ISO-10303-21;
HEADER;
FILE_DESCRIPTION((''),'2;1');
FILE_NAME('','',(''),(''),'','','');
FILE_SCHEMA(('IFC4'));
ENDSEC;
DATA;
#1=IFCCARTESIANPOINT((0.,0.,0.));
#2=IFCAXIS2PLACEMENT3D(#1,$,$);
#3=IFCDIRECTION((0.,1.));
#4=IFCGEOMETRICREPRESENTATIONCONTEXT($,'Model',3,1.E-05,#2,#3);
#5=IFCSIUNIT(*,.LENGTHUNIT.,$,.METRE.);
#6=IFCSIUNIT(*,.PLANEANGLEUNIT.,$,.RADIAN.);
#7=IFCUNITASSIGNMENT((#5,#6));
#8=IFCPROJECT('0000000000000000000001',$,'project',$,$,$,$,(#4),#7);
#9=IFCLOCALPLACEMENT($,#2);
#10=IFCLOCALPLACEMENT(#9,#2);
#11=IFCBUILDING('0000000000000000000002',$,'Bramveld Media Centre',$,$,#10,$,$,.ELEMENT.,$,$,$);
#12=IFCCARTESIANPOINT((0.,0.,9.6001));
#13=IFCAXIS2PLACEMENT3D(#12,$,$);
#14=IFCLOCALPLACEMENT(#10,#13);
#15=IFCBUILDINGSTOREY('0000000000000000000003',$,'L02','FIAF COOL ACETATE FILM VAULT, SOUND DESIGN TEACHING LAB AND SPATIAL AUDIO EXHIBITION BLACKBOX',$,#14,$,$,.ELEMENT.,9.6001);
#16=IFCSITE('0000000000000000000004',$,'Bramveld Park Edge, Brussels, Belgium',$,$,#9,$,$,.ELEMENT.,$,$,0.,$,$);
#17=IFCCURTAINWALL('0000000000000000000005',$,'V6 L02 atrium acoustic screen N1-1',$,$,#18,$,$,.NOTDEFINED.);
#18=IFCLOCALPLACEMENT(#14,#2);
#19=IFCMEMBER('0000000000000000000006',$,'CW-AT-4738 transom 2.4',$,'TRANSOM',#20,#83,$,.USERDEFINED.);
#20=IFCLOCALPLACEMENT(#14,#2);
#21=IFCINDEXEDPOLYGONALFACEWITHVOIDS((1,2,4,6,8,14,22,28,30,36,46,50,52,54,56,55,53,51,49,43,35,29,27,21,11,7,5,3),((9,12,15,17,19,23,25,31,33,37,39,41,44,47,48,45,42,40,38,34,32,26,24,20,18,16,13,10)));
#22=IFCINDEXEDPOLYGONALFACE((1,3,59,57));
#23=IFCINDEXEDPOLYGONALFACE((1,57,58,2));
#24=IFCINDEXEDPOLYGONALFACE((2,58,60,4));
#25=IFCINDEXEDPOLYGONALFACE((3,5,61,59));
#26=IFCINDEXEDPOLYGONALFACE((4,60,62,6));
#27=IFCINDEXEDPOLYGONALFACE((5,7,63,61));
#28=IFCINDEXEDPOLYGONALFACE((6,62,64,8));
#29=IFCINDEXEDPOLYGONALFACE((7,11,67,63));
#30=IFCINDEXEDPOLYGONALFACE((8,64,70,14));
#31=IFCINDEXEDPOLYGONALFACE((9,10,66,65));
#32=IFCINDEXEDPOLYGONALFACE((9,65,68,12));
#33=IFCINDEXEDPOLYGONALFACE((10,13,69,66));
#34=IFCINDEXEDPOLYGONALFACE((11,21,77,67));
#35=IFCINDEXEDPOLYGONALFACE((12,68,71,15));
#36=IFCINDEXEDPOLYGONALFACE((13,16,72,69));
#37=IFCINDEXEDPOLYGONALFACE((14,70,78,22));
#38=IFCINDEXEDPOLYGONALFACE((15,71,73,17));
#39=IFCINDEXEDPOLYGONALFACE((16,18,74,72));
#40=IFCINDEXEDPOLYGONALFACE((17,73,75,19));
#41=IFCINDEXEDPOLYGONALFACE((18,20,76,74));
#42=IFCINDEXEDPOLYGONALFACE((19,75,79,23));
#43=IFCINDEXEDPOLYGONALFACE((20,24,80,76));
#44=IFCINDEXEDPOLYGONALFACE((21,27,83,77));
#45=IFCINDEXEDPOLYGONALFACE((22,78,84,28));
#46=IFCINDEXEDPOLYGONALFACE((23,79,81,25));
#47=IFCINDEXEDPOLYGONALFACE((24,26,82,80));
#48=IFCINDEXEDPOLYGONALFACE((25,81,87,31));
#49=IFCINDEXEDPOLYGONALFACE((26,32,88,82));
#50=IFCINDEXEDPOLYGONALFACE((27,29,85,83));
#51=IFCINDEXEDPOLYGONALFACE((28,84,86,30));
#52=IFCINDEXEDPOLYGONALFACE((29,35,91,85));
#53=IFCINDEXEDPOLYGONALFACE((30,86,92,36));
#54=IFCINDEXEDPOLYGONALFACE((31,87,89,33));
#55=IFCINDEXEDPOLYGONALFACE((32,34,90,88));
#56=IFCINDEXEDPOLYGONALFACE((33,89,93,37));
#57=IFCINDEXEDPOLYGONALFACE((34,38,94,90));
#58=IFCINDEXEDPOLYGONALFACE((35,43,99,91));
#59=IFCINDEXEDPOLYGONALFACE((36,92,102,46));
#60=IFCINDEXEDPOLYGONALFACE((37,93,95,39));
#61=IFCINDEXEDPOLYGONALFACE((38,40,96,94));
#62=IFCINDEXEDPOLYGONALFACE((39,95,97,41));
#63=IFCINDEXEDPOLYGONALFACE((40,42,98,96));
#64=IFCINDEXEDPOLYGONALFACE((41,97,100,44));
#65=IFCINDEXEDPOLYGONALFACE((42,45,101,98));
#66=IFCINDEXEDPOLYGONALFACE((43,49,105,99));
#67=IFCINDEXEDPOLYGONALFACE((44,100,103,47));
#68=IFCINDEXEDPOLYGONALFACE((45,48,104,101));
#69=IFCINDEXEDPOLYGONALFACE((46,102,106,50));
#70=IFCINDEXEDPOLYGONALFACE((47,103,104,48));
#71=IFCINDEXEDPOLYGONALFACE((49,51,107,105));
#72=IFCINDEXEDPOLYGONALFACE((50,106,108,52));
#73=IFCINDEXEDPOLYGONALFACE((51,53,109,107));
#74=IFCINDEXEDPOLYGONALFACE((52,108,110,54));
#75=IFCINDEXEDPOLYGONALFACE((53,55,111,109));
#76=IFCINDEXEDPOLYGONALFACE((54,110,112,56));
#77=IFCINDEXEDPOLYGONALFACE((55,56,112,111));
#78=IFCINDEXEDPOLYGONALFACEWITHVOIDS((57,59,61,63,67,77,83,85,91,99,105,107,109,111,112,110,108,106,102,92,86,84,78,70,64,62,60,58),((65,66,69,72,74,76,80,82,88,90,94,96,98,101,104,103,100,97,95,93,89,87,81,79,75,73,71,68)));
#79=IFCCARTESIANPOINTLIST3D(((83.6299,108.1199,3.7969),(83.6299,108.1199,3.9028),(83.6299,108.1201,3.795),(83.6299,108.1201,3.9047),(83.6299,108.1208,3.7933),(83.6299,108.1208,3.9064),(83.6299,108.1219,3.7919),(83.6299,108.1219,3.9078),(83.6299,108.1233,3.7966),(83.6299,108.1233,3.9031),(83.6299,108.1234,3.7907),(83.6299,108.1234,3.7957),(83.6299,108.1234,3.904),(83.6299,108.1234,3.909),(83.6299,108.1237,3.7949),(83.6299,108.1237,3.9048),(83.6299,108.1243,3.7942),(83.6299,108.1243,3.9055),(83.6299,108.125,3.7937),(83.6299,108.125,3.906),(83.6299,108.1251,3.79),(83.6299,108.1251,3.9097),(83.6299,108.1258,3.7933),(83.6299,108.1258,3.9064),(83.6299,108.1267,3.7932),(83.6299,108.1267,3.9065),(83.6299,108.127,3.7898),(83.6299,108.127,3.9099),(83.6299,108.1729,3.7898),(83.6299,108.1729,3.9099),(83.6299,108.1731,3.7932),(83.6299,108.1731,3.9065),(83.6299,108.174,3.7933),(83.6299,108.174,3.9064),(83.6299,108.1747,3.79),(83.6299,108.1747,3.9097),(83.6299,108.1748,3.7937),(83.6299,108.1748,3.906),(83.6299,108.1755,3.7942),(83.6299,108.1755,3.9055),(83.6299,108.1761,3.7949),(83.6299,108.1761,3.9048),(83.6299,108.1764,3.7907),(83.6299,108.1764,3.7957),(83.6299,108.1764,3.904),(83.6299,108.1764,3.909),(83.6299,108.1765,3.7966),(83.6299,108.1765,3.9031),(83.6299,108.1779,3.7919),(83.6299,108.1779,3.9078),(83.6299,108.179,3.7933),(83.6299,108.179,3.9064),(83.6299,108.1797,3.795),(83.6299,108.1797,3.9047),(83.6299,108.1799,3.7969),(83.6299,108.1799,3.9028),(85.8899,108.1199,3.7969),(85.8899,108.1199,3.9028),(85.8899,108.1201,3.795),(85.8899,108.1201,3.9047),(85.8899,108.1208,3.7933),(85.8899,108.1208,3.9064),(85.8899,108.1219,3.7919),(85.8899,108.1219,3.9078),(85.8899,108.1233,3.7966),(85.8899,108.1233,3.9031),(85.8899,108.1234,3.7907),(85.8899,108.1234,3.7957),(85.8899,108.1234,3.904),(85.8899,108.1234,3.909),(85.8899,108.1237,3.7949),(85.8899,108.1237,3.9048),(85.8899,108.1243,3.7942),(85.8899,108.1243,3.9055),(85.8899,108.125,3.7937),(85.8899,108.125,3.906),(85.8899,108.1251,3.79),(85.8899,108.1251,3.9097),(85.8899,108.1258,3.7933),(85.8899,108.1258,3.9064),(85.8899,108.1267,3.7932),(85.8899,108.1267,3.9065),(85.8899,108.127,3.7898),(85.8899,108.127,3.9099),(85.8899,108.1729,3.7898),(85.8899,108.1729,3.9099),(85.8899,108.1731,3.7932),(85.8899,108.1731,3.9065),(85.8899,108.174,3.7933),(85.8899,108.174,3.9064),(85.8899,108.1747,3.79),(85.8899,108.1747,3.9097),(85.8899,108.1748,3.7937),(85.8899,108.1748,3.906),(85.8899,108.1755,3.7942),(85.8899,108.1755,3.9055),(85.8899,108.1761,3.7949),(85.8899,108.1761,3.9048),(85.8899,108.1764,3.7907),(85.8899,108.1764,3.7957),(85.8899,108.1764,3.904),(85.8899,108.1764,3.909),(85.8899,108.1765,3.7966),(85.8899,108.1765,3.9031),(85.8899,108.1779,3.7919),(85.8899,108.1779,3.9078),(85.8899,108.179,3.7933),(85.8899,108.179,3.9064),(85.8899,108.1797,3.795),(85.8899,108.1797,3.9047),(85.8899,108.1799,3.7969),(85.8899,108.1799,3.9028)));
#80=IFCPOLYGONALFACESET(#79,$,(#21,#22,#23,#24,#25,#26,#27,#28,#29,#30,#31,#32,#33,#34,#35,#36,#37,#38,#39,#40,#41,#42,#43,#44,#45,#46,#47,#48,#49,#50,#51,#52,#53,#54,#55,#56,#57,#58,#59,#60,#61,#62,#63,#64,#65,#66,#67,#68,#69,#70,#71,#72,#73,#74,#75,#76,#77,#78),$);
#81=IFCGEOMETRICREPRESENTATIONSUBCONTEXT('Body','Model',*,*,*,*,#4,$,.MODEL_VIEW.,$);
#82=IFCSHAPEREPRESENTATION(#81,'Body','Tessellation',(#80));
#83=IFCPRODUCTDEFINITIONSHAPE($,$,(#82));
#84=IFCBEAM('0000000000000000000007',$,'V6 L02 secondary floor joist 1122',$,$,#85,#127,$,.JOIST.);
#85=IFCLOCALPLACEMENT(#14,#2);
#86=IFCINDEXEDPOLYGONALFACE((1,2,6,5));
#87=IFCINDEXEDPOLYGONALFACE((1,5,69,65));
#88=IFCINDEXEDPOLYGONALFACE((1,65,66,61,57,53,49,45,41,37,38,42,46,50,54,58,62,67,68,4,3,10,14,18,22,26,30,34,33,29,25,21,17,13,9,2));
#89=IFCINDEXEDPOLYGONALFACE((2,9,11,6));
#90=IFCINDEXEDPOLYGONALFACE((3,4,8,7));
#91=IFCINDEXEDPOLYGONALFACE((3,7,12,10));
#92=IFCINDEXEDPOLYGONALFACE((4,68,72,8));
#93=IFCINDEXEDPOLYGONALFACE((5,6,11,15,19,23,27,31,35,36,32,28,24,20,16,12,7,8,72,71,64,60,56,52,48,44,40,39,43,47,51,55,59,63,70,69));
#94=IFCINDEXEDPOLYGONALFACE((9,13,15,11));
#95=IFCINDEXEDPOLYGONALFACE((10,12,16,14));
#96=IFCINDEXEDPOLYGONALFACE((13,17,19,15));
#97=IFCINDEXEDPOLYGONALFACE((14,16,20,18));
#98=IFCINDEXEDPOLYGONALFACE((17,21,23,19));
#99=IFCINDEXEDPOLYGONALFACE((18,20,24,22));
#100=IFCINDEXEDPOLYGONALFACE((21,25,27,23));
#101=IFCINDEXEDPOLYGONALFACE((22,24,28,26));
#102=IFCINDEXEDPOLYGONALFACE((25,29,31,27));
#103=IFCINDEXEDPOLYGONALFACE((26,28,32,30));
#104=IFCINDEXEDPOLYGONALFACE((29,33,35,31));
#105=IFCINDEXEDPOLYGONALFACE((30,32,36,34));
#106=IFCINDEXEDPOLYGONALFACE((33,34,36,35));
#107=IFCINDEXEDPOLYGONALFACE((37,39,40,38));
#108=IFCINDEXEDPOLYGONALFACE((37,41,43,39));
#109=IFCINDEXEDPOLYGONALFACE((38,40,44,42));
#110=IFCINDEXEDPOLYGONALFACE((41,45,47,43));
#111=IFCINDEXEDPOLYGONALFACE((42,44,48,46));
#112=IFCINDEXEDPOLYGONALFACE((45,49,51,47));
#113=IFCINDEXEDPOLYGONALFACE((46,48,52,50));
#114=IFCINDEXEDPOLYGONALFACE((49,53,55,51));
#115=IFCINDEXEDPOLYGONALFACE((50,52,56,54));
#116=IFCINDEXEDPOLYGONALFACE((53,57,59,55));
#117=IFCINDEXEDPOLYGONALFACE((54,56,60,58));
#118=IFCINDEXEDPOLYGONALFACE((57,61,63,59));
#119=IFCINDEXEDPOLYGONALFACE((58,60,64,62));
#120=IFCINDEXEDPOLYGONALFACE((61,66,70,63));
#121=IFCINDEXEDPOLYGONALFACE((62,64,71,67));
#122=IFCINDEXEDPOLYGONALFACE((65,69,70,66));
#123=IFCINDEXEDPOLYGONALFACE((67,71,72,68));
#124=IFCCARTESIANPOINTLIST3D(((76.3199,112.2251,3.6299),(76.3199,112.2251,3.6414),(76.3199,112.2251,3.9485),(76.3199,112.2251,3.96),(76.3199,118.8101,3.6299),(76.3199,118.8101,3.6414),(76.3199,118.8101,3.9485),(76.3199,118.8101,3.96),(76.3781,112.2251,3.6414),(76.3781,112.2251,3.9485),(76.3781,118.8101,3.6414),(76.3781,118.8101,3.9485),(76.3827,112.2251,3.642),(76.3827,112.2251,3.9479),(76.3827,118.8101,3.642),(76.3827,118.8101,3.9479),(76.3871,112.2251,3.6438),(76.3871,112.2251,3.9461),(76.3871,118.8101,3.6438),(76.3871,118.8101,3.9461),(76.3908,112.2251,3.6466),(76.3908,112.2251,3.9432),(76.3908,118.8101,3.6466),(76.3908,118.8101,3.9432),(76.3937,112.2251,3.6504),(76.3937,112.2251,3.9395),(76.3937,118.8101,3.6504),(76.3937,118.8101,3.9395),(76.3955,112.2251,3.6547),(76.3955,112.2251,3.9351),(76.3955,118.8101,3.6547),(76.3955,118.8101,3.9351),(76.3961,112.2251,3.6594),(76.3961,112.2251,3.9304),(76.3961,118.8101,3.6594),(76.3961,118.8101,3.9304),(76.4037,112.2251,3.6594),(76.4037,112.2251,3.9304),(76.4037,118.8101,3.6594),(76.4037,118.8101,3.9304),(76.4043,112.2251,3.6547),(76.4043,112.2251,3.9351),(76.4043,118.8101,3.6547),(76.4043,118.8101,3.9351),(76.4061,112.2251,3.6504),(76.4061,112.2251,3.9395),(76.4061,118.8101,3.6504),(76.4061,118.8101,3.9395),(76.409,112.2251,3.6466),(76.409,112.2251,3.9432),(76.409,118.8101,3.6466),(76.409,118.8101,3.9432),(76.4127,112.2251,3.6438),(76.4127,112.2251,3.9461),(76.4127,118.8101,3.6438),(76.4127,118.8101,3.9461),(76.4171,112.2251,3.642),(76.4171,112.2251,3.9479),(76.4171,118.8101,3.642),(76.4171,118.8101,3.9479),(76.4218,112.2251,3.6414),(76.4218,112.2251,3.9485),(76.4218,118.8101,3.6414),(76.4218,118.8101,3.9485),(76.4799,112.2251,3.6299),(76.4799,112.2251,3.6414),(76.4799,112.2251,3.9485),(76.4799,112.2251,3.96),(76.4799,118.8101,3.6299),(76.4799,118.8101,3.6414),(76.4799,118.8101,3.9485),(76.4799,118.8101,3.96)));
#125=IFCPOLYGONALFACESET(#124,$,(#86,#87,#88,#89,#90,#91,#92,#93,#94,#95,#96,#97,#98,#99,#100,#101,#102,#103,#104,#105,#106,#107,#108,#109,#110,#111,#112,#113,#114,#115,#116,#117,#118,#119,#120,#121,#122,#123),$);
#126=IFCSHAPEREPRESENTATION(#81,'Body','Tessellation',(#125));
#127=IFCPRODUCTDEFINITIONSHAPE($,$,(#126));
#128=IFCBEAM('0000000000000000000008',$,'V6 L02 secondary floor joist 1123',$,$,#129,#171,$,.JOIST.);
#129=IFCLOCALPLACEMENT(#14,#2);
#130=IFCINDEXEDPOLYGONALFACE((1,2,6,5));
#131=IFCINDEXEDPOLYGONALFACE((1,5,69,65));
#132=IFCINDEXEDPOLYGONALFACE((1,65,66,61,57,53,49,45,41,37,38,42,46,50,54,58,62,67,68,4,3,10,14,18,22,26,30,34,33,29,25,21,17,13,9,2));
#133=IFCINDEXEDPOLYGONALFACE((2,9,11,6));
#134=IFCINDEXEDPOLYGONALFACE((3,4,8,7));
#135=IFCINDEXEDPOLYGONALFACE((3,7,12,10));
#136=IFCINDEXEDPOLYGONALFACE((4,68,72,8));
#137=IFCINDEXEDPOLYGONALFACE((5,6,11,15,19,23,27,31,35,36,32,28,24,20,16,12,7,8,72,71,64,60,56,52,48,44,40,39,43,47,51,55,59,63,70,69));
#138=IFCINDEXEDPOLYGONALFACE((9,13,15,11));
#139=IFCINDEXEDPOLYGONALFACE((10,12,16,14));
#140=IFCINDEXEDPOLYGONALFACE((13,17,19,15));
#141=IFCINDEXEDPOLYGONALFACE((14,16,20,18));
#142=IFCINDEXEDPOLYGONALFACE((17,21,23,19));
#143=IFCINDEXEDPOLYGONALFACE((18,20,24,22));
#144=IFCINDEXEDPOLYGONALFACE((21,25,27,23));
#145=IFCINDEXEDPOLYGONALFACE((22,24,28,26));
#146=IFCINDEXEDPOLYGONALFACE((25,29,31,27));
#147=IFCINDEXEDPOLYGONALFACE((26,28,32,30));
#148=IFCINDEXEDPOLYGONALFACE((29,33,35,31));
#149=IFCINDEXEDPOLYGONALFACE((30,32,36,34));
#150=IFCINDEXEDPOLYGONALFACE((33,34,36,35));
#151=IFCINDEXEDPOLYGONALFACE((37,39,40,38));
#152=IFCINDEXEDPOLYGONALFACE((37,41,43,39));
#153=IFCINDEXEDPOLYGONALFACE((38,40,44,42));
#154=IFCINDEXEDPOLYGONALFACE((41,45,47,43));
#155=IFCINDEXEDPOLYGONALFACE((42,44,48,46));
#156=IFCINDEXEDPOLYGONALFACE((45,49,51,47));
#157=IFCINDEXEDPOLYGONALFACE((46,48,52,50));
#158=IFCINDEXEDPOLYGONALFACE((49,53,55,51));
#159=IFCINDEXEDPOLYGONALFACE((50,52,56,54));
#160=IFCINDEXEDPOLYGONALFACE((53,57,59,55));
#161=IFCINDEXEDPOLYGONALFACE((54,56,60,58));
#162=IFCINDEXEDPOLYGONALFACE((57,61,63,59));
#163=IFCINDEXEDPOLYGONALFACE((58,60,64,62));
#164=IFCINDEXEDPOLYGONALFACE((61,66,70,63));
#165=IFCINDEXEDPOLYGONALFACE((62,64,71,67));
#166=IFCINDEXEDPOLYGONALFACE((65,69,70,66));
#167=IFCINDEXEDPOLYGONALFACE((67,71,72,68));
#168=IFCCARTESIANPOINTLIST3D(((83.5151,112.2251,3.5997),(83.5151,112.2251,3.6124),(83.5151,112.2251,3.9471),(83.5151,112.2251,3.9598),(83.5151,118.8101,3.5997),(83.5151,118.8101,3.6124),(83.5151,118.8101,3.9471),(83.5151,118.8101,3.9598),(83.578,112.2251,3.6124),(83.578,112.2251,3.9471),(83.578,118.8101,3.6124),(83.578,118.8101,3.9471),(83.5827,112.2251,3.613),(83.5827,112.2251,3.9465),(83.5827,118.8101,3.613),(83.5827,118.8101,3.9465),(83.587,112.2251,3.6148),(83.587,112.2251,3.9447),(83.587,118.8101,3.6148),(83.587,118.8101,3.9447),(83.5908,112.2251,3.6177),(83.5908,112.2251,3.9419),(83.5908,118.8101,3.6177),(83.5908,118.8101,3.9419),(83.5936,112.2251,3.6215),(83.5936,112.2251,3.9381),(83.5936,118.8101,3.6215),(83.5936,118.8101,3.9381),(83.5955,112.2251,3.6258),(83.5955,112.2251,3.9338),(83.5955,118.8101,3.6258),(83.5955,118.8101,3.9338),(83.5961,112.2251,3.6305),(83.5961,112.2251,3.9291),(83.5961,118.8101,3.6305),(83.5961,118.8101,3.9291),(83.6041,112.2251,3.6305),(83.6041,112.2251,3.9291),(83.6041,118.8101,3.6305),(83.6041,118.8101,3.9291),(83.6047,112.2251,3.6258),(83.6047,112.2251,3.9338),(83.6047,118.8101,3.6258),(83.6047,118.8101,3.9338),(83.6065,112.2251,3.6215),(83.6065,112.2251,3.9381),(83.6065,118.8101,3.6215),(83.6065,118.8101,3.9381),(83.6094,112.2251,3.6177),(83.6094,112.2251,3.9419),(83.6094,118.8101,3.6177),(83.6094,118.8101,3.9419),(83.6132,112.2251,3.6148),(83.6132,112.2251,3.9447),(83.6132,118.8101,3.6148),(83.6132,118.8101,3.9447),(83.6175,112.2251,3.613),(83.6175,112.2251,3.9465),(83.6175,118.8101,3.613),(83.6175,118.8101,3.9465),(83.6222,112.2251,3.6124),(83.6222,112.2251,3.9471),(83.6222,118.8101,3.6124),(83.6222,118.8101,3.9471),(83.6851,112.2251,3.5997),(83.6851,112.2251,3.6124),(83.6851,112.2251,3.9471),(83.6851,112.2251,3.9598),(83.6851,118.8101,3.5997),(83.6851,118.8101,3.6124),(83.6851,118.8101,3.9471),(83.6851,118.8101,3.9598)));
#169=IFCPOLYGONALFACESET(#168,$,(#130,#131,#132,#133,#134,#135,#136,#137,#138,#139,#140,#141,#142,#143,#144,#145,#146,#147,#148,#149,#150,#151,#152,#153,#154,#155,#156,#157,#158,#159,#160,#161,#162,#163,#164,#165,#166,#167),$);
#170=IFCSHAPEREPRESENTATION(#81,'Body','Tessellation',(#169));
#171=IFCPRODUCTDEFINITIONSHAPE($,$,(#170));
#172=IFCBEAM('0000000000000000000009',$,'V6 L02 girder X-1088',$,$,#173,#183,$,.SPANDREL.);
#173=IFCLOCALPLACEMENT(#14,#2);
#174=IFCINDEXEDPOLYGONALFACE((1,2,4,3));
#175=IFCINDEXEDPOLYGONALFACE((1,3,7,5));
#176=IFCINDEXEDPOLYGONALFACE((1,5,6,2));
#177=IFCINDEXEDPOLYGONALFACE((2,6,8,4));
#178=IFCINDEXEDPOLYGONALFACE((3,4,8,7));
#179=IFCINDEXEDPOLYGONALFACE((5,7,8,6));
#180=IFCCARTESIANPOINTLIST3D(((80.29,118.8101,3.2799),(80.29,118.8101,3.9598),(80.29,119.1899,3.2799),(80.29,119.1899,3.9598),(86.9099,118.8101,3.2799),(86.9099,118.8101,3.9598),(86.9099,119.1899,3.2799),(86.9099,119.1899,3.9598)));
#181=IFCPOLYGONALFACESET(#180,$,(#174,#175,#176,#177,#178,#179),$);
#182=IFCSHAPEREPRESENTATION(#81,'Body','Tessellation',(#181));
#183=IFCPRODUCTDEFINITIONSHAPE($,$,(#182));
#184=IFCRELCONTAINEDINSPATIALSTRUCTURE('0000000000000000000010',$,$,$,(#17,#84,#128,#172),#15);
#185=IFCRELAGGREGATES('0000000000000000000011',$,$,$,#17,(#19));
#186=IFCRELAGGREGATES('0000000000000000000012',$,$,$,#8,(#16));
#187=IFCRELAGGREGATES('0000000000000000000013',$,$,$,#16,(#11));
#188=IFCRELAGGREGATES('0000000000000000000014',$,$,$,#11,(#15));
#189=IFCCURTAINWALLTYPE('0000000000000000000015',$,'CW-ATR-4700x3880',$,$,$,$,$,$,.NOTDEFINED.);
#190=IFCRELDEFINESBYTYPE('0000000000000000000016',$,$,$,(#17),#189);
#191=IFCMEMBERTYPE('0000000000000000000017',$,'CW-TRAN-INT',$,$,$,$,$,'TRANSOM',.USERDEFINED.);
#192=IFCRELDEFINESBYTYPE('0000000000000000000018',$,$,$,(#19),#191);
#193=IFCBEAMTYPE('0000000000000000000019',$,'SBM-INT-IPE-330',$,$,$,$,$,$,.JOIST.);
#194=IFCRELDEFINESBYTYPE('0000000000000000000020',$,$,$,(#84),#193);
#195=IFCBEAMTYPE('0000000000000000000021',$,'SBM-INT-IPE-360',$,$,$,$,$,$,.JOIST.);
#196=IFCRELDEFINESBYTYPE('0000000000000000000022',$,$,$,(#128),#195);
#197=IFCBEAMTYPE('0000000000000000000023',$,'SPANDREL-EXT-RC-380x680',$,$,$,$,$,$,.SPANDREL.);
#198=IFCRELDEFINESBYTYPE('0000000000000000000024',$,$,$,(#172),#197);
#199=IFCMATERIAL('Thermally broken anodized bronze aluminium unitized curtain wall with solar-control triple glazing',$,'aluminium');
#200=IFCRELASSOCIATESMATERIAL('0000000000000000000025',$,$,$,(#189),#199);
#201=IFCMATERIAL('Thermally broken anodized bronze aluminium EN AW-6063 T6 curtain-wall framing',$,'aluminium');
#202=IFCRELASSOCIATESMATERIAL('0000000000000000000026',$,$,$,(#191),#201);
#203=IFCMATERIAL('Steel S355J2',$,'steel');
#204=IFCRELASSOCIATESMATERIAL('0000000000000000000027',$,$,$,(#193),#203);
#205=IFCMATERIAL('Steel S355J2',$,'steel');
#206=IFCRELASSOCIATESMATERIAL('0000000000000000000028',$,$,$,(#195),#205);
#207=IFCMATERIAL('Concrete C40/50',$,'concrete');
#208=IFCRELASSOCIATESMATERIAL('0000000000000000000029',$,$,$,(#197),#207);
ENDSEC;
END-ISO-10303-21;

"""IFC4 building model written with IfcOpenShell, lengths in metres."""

from ifc_helpers import new_model, si_unit, direction, frame, origin, origin_2d, place, context, subcontext, project, spatial, rectangle, hollow_rectangle, i_section, extrude, material, material_profile, profile_set, type_object, element, aggregate, save


model = new_model("IFC4")

# Units and contexts
model_context = context("Model", 3, precision=1e-05, world=origin(), true_north=direction((0.0, 1.0)))
body_context = subcontext(model_context, "Body", "Model", "MODEL_VIEW")
ifc_project = project(units=[si_unit("LENGTHUNIT", "METRE"), si_unit("PLANEANGLEUNIT", "RADIAN")], contexts=[model_context])

# Site, building, storey
site_placement = place(None, origin())
site = spatial("IfcSite", under=ifc_project, at=site_placement, Name="Bramveld Park Edge, Brussels, Belgium", CompositionType="ELEMENT", RefElevation=0.0)
building_placement = place(site_placement, origin())
building = spatial("IfcBuilding", under=site, at=building_placement, Name="Bramveld Media Centre", CompositionType="ELEMENT")
storey_placement = place(building_placement, frame((0.0, 0.0, 9.6001)))
storey = spatial("IfcBuildingStorey", under=building, at=storey_placement, Name="L02", Description="FIAF COOL ACETATE FILM VAULT, SOUND DESIGN TEACHING LAB AND SPATIAL AUDIO EXHIBITION BLACKBOX", CompositionType="ELEMENT", Elevation=9.6001)

# Curtain wall
ifc_material_1 = material(Name="Thermally broken anodized bronze aluminium unitized curtain wall with solar-control triple glazing", Category="aluminium")
curtain_wall_type_1 = type_object("IfcCurtainWallType", Name="CW-ATR-4700x3880", PredefinedType="NOTDEFINED", material=ifc_material_1)
curtain_wall_1_placement = place(storey_placement, origin())
curtain_wall_1 = element("IfcCurtainWall", 1, at=curtain_wall_1_placement, inside=storey, type_object=curtain_wall_type_1, Name="V6 L02 atrium acoustic screen N1-1", PredefinedType="NOTDEFINED")

# Member
ifc_material_2 = material(Name="Thermally broken anodized bronze aluminium EN AW-6063 T6 curtain-wall framing", Category="aluminium")
ifc_material_profile_1 = material_profile(ifc_material_2, hollow_rectangle(XDim=0.0601, YDim=0.1201, WallThickness=0.0034, InnerFilletRadius=0.0034, OuterFilletRadius=0.0071, at=origin_2d()), Name="AL-TRAN 60x120")
ifc_profile_set_1 = profile_set([ifc_material_profile_1], Name="Thermally broken anodized bronze aluminium EN AW-6063 T6 curtain-wall framing")
member_type_1 = type_object("IfcMemberType", Name="CW-TRAN-INT", ElementType="TRANSOM", PredefinedType="USERDEFINED", material=ifc_profile_set_1)
member_1_placement = place(storey_placement, frame((83.6299, 108.1499, 3.8499), z_axis=(1.0, 0.0, 0.0), x_axis=(0.0, 1.0, 0.0)))
member_1 = element("IfcMember", 2, at=member_1_placement, type_object=member_type_1, Name="CW-AT-4738 transom 2.4", ObjectType="TRANSOM", PredefinedType="USERDEFINED", context=body_context, shape_type="SweptSolid", body=[
    extrude(hollow_rectangle(XDim=0.0601, YDim=0.1201, WallThickness=0.0034, InnerFilletRadius=0.0034, OuterFilletRadius=0.0071, at=origin_2d()), origin(), (0.0, 0.0, 1.0), 2.26),
])

# Beams
ifc_material_3 = material(Name="Steel S355J2", Category="steel")
ifc_material_profile_2 = material_profile(ifc_material_3, i_section(OverallWidth=0.1599, OverallDepth=0.3301, WebThickness=0.0076, FlangeThickness=0.0115, FilletRadius=0.0181, at=origin_2d()), Name="IPE 330")
ifc_profile_set_2 = profile_set([ifc_material_profile_2], Name="Steel S355J2")
beam_type_1 = type_object("IfcBeamType", Name="SBM-INT-IPE-330", PredefinedType="JOIST", material=ifc_profile_set_2)
beam_1_placement = place(storey_placement, frame((76.3999, 112.2251, 3.7949), z_axis=(0.0, 1.0, 0.0), x_axis=(-1.0, 0.0, 0.0)))
element("IfcBeam", 3, at=beam_1_placement, inside=storey, type_object=beam_type_1, Name="V6 L02 secondary floor joist 1122", PredefinedType="JOIST", context=body_context, shape_type="SweptSolid", body=[
    extrude(i_section(OverallWidth=0.1599, OverallDepth=0.3301, WebThickness=0.0076, FlangeThickness=0.0115, FilletRadius=0.0181, at=origin_2d()), origin(), (0.0, 0.0, 1.0), 6.585),
])
ifc_material_4 = material(Name="Steel S355J2", Category="steel")
ifc_material_profile_3 = material_profile(ifc_material_4, i_section(OverallWidth=0.1699, OverallDepth=0.3601, WebThickness=0.0081, FlangeThickness=0.0127, FilletRadius=0.0181, at=origin_2d()), Name="IPE 360")
ifc_profile_set_3 = profile_set([ifc_material_profile_3], Name="Steel S355J2")
beam_type_2 = type_object("IfcBeamType", Name="SBM-INT-IPE-360", PredefinedType="JOIST", material=ifc_profile_set_3)
beam_2_placement = place(storey_placement, frame((83.6001, 112.2251, 3.7798), z_axis=(0.0, 1.0, 0.0), x_axis=(-1.0, 0.0, 0.0)))
element("IfcBeam", 4, at=beam_2_placement, inside=storey, type_object=beam_type_2, Name="V6 L02 secondary floor joist 1123", PredefinedType="JOIST", context=body_context, shape_type="SweptSolid", body=[
    extrude(i_section(OverallWidth=0.1699, OverallDepth=0.3601, WebThickness=0.0081, FlangeThickness=0.0127, FilletRadius=0.0181, at=origin_2d()), origin(), (0.0, 0.0, 1.0), 6.585),
])
ifc_material_5 = material(Name="Concrete C40/50", Category="concrete")
ifc_material_profile_4 = material_profile(ifc_material_5, rectangle(XDim=0.3799, YDim=0.6799, at=origin_2d()), Name="RC 380x680")
ifc_profile_set_4 = profile_set([ifc_material_profile_4], Name="Concrete C40/50")
beam_type_3 = type_object("IfcBeamType", Name="SPANDREL-EXT-RC-380x680", PredefinedType="SPANDREL", material=ifc_profile_set_4)
beam_3_placement = place(storey_placement, frame((80.29, 119.0, 3.6199), z_axis=(1.0, 0.0, 0.0), x_axis=(0.0, 1.0, 0.0)))
element("IfcBeam", 5, at=beam_3_placement, inside=storey, type_object=beam_type_3, Name="V6 L02 girder X-1088", PredefinedType="SPANDREL", context=body_context, shape_type="SweptSolid", body=[
    extrude(rectangle(XDim=0.3799, YDim=0.6799, at=origin_2d()), origin(), (0.0, 0.0, 1.0), 6.6199),
])

aggregate(curtain_wall_1, [member_1])

save(model, "model.ifc")
